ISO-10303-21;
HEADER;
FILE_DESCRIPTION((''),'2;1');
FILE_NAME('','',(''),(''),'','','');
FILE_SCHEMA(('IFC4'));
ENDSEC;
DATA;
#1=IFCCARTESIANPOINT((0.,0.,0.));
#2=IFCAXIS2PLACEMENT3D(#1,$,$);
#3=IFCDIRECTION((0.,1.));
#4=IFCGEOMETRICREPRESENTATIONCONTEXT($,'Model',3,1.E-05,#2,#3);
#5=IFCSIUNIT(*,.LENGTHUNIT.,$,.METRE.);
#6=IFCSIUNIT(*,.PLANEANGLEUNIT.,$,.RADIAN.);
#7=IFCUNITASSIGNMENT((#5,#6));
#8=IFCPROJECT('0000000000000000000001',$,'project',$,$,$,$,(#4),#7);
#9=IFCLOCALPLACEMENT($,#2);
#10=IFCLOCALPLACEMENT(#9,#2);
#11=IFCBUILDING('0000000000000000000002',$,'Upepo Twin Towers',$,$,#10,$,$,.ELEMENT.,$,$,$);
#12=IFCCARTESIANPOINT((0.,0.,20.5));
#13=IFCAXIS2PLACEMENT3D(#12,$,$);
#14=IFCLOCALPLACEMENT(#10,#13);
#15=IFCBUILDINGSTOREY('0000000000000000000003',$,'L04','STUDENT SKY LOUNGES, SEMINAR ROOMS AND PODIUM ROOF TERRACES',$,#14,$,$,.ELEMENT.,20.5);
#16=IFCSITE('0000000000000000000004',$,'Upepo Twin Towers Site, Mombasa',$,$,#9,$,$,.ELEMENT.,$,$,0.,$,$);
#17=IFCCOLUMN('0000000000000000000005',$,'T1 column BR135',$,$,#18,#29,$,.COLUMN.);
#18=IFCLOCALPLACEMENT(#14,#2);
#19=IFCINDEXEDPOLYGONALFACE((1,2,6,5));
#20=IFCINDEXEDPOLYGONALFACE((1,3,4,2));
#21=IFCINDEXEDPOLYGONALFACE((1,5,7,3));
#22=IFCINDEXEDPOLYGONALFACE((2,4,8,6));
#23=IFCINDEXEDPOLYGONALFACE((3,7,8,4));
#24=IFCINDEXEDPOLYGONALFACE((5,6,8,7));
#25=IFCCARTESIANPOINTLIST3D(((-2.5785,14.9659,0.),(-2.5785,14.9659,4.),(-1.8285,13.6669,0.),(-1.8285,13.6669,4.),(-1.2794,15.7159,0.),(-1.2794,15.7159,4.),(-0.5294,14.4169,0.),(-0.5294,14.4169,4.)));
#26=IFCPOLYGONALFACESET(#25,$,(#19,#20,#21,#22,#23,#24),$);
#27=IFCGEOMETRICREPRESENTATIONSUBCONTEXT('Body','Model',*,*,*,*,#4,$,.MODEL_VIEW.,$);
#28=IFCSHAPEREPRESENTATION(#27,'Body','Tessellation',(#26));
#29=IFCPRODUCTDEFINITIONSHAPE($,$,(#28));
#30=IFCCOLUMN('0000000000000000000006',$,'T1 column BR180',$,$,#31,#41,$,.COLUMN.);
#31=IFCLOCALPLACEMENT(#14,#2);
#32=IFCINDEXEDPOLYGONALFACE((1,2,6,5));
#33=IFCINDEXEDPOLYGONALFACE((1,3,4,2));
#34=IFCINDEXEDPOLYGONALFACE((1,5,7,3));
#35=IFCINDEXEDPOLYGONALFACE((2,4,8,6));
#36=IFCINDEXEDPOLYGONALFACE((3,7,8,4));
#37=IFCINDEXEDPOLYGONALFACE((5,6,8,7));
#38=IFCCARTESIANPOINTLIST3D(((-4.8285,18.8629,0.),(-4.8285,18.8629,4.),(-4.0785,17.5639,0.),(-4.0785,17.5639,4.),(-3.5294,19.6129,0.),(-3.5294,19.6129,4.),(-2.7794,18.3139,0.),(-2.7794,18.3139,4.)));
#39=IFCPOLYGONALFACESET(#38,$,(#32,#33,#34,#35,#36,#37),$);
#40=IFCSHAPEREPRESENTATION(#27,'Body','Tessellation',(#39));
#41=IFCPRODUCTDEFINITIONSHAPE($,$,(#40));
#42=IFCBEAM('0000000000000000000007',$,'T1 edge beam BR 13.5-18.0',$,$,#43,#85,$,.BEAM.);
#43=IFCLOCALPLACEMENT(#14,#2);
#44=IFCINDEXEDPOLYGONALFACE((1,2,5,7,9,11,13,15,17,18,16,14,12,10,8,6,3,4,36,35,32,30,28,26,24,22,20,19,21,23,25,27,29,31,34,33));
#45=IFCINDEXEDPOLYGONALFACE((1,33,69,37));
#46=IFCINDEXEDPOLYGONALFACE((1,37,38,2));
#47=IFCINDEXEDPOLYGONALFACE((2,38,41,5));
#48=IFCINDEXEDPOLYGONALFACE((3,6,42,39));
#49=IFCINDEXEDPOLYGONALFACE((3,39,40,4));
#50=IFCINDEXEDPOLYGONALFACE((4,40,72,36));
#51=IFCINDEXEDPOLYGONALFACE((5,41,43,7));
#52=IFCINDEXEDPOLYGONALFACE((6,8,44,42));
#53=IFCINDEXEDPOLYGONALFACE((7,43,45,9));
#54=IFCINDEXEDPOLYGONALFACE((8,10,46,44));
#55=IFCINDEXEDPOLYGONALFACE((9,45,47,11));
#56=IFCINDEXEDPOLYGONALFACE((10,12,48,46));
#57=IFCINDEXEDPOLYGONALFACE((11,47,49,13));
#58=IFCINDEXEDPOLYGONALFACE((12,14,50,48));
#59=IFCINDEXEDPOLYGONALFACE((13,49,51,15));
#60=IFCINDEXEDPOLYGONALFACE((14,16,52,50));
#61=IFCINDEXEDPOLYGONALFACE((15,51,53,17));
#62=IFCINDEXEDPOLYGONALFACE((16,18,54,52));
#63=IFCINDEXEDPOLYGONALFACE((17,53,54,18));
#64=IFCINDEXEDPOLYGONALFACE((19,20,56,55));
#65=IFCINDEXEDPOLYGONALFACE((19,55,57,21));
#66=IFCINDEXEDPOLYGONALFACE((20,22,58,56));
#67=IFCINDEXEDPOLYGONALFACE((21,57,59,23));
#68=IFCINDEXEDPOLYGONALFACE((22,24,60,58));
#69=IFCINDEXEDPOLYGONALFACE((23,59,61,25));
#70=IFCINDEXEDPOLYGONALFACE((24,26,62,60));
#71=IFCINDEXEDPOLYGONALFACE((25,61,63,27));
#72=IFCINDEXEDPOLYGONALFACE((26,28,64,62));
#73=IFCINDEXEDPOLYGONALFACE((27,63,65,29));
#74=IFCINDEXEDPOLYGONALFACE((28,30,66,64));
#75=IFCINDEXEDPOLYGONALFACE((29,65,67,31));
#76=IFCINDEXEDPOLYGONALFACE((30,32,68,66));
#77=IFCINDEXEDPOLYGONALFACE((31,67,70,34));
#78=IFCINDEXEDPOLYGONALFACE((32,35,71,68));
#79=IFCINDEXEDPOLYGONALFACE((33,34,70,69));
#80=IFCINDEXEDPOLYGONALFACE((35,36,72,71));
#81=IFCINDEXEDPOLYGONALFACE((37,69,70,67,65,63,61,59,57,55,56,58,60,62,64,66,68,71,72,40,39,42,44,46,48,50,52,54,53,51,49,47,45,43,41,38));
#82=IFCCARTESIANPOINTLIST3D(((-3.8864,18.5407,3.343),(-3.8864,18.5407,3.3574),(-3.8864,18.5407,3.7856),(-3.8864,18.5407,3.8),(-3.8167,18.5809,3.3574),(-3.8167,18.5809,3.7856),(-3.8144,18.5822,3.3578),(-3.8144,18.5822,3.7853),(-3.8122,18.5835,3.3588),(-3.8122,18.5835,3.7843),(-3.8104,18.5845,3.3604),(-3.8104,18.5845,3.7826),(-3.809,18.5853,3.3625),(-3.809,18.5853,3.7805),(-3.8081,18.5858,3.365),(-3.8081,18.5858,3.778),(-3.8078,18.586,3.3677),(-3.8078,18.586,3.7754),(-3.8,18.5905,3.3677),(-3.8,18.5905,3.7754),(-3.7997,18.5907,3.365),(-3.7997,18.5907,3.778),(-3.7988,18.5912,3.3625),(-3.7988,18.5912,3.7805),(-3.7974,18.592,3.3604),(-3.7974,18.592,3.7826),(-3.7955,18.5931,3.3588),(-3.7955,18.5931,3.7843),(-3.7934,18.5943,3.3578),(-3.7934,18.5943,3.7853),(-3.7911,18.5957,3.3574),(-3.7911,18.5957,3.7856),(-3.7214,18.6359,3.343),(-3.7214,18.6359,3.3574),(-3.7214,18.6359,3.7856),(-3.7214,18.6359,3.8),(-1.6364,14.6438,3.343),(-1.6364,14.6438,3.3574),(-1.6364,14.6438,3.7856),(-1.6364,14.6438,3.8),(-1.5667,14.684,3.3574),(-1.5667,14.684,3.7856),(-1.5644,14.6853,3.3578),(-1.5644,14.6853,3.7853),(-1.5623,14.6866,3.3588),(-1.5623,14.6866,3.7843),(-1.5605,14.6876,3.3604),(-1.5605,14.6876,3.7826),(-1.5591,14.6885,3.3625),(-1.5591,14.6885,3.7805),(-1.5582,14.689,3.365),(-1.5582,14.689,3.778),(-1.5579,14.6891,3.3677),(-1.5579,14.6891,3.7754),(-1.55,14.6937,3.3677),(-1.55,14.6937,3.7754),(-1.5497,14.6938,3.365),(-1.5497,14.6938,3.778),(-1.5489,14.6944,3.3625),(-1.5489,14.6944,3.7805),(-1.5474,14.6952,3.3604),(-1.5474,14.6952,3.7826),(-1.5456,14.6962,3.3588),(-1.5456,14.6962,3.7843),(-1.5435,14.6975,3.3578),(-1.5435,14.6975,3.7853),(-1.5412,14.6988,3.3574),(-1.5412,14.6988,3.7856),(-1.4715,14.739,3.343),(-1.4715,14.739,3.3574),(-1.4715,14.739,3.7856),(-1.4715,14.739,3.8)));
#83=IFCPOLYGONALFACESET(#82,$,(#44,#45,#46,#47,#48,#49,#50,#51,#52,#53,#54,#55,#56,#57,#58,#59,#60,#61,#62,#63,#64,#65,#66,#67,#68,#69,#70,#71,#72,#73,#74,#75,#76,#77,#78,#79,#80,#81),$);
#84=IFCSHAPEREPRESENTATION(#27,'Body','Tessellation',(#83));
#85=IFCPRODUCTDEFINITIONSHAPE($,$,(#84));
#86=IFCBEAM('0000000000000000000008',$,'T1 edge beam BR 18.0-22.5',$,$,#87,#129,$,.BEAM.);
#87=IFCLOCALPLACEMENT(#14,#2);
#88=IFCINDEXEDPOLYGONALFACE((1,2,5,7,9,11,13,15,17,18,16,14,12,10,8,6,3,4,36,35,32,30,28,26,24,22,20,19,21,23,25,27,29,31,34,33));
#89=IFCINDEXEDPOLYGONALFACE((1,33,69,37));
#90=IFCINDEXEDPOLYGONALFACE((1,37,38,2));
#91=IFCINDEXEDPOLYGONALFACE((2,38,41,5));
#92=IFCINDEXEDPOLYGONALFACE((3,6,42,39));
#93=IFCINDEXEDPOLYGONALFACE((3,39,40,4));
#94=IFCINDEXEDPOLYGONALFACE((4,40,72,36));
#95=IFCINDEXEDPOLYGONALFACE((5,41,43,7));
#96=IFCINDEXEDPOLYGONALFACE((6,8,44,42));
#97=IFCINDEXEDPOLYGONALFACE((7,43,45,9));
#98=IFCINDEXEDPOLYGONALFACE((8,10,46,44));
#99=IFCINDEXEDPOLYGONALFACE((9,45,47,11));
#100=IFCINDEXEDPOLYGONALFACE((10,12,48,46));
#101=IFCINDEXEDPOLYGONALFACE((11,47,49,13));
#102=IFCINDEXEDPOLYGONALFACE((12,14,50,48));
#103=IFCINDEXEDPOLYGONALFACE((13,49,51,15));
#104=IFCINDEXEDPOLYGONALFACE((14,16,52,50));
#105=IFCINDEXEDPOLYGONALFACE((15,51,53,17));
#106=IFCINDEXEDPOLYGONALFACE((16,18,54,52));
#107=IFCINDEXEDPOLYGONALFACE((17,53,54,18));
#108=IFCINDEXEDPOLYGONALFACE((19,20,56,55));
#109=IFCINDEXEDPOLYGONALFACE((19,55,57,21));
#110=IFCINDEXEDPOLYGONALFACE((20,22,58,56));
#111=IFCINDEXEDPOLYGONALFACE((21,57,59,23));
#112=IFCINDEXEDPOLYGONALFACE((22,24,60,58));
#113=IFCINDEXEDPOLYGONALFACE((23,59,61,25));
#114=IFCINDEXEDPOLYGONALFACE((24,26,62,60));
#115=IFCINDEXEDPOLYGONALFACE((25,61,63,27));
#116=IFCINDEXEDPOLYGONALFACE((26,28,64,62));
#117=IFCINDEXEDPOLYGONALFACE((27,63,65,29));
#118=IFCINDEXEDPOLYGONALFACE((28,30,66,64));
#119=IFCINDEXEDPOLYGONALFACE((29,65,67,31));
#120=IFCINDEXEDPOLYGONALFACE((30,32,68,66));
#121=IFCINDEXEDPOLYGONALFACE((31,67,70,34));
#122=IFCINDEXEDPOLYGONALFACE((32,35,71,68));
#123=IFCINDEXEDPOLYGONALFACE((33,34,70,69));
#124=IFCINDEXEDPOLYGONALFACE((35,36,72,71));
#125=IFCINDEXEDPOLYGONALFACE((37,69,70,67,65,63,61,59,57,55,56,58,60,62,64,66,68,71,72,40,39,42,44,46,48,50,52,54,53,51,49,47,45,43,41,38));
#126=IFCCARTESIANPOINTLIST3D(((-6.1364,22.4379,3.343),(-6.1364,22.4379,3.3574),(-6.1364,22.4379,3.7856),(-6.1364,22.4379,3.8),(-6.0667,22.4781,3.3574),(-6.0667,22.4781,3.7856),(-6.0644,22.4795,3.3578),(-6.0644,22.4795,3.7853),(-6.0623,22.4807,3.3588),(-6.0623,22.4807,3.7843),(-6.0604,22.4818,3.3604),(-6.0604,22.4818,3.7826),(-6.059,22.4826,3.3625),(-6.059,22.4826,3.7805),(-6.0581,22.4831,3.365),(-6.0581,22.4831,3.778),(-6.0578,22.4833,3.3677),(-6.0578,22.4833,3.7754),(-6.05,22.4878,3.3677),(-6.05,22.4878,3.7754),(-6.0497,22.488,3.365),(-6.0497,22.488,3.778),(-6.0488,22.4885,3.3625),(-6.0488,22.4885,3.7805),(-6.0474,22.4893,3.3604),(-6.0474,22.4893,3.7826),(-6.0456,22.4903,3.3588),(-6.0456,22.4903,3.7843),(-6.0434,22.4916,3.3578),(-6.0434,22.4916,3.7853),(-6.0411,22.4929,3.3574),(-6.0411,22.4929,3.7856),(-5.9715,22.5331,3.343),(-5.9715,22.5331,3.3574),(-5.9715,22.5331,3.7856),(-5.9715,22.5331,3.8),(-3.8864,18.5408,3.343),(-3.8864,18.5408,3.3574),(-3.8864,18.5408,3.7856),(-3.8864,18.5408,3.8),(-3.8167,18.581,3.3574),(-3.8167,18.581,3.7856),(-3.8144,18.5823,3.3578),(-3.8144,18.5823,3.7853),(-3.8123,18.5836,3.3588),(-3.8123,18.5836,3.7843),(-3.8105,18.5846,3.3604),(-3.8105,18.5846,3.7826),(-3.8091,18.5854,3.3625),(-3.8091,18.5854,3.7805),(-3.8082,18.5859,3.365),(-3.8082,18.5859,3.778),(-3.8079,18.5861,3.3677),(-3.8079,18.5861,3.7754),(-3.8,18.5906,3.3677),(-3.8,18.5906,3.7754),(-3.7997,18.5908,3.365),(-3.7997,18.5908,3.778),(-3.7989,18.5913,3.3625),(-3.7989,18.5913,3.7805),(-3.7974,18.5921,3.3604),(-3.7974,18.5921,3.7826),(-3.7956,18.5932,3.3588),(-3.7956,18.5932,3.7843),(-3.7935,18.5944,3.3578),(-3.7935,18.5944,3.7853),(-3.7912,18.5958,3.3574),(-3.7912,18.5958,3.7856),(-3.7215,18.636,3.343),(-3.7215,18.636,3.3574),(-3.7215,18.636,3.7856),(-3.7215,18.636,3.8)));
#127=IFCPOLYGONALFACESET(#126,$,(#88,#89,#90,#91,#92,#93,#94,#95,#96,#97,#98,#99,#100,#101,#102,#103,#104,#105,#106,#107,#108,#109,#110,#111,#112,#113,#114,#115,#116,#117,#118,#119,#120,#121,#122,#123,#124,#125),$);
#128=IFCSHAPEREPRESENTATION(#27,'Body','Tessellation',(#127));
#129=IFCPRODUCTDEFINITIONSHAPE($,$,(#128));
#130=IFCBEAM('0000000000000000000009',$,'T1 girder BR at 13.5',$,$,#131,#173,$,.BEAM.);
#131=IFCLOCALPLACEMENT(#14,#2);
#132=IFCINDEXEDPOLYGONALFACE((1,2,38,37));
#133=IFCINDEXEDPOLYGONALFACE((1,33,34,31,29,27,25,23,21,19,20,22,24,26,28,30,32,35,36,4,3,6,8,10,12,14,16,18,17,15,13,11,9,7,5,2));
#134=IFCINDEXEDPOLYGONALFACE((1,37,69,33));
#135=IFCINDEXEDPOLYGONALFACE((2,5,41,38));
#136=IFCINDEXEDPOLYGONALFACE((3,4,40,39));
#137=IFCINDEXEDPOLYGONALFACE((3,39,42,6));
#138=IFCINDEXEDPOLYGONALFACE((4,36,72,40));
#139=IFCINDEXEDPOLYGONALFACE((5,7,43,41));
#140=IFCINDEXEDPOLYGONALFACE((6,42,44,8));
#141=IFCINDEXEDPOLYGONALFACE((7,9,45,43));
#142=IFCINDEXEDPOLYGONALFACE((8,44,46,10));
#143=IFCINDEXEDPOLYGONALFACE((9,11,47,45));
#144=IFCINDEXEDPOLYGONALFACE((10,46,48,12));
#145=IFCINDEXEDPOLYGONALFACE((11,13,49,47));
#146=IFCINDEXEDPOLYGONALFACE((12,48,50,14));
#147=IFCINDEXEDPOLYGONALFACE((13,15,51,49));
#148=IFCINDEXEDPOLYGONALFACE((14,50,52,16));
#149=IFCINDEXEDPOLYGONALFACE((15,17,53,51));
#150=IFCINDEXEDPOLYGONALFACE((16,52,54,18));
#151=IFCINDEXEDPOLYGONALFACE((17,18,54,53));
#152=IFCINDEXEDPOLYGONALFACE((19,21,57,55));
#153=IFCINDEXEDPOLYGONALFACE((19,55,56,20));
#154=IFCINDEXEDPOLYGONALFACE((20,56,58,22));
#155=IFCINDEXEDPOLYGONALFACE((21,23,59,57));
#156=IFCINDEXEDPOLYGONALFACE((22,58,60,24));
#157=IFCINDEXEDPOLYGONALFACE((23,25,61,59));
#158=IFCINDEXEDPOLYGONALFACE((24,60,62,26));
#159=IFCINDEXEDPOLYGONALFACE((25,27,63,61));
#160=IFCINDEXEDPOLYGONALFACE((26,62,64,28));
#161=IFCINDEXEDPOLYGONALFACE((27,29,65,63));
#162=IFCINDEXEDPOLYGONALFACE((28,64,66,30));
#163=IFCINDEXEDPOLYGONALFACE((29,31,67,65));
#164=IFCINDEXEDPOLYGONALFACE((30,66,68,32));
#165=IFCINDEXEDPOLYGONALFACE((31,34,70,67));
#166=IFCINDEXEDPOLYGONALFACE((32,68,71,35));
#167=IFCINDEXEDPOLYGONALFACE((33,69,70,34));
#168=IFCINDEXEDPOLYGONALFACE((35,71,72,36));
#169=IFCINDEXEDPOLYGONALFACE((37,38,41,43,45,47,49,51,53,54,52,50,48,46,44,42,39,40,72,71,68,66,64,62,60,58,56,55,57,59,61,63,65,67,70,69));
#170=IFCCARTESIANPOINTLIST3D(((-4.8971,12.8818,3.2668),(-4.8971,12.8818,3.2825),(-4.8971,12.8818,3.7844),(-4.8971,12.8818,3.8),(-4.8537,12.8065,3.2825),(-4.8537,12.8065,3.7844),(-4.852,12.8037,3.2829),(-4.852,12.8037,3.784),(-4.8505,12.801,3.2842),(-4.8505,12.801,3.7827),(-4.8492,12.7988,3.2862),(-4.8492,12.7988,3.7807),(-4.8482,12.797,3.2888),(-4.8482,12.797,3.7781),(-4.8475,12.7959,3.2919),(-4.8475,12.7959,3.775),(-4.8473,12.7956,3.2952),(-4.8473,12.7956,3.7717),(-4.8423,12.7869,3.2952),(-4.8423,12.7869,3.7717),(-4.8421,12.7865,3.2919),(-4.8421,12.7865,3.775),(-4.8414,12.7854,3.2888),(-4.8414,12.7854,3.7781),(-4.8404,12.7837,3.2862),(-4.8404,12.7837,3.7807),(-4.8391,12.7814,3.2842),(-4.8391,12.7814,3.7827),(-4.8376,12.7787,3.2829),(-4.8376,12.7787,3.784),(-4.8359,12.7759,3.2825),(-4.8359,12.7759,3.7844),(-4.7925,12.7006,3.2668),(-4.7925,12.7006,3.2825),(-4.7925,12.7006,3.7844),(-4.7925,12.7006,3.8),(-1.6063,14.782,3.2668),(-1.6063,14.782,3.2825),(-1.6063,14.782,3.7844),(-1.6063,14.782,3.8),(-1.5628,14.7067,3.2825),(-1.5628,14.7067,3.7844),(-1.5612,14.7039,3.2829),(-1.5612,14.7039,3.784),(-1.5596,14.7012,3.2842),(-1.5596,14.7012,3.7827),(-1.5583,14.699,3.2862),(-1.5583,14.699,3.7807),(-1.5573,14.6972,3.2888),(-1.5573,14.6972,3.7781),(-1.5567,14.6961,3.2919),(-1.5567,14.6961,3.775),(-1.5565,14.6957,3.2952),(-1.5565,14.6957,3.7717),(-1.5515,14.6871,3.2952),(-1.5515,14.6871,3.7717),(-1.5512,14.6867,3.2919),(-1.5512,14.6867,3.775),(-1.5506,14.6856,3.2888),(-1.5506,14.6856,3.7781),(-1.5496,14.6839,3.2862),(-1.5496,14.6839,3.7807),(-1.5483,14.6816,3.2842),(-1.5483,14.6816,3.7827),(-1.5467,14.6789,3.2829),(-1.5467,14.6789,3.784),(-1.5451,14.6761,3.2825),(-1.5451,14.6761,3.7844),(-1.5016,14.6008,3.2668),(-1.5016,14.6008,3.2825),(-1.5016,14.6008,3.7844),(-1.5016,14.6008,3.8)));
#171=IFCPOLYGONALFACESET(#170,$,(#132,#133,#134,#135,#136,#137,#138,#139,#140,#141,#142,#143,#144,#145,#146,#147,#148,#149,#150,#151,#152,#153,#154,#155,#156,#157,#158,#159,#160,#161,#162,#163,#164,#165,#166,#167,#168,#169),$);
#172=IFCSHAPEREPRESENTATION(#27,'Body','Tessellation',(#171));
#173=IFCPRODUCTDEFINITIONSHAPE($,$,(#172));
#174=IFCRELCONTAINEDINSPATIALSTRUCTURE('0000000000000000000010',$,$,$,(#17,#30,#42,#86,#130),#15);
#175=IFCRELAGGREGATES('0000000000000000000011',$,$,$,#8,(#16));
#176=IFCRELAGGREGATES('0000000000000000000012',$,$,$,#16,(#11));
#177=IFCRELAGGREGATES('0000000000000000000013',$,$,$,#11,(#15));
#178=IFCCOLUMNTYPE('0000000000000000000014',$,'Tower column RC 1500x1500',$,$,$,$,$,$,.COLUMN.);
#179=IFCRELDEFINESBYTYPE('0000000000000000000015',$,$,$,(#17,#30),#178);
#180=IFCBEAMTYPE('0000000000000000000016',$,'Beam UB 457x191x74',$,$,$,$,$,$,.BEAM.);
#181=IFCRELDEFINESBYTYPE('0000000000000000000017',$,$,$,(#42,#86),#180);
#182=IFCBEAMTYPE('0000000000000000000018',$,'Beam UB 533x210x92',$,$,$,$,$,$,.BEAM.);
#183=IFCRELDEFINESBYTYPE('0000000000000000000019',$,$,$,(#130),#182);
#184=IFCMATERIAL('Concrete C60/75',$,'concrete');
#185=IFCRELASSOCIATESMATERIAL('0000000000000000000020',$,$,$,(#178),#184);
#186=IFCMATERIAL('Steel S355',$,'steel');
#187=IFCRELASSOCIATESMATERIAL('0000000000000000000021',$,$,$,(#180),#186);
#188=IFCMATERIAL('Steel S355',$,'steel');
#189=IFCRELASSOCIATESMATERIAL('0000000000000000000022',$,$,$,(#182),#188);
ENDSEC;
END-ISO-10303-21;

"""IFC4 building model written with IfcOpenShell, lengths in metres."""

from ifc_helpers import new_model, si_unit, direction, frame, origin, origin_2d, place, context, subcontext, project, spatial, rectangle, i_section, extrude, material, material_profile, profile_set, type_object, element, save


model = new_model("IFC4")

# Units and contexts
model_context = context("Model", 3, precision=1e-05, world=origin(), true_north=direction((0.0, 1.0)))
body_context = subcontext(model_context, "Body", "Model", "MODEL_VIEW")
ifc_project = project(units=[si_unit("LENGTHUNIT", "METRE"), si_unit("PLANEANGLEUNIT", "RADIAN")], contexts=[model_context])

# Site, building, storey
site_placement = place(None, origin())
site = spatial("IfcSite", under=ifc_project, at=site_placement, Name="Upepo Twin Towers Site, Mombasa", CompositionType="ELEMENT", RefElevation=0.0)
building_placement = place(site_placement, origin())
building = spatial("IfcBuilding", under=site, at=building_placement, Name="Upepo Twin Towers", CompositionType="ELEMENT")
storey_placement = place(building_placement, frame((0.0, 0.0, 20.5)))
storey = spatial("IfcBuildingStorey", under=building, at=storey_placement, Name="L04", Description="STUDENT SKY LOUNGES, SEMINAR ROOMS AND PODIUM ROOF TERRACES", CompositionType="ELEMENT", Elevation=20.5)

# Columns
ifc_material_1 = material(Name="Concrete C60/75", Category="concrete")
ifc_material_profile_1 = material_profile(ifc_material_1, rectangle(XDim=1.5, YDim=1.5, at=origin_2d()), Name="RC 1500x1500")
ifc_profile_set_1 = profile_set([ifc_material_profile_1], Name="Concrete C60/75")
column_type = type_object("IfcColumnType", Name="Tower column RC 1500x1500", PredefinedType="COLUMN", material=ifc_profile_set_1)
for number, where, z_axis, x_axis, name in (
    (1, (-1.554, 14.6914, 0.0), (0.0, 0.0, 1.0), (0.866025, 0.5, 0.0), "T1 column BR135"),
    (2, (-3.804, 18.5884, 0.0), (0.0, 0.0, 1.0), (0.866025, 0.5, 0.0), "T1 column BR180"),
):
    element("IfcColumn", number, at=place(storey_placement, frame(where, z_axis=z_axis, x_axis=x_axis)), inside=storey, type_object=column_type, Name=name, PredefinedType="COLUMN", context=body_context, shape_type="SweptSolid", body=[
        extrude(rectangle(XDim=1.5, YDim=1.5, at=origin_2d()), origin(), (0.0, 0.0, 1.0), 4.0),
    ])

# Beams
ifc_material_2 = material(Name="Steel S355", Category="steel")
ifc_material_profile_2 = material_profile(ifc_material_2, i_section(OverallWidth=0.1904, OverallDepth=0.457, WebThickness=0.009, FlangeThickness=0.0144, FilletRadius=0.0103, at=origin_2d()), Name="UB 457x191x74")
ifc_profile_set_2 = profile_set([ifc_material_profile_2], Name="Steel S355")
beam_type_1 = type_object("IfcBeamType", Name="Beam UB 457x191x74", PredefinedType="BEAM", material=ifc_profile_set_2)
beam_1_placement = place(storey_placement, frame((-1.554, 14.6914, 3.5715), z_axis=(-0.500014, 0.866018, 0.0), x_axis=(-0.866018, -0.500014, 0.0)))
element("IfcBeam", 3, at=beam_1_placement, inside=storey, type_object=beam_type_1, Name="T1 edge beam BR 13.5-18.0", PredefinedType="BEAM", context=body_context, shape_type="SweptSolid", body=[
    extrude(i_section(OverallWidth=0.1904, OverallDepth=0.457, WebThickness=0.009, FlangeThickness=0.0144, FilletRadius=0.0103, at=origin_2d()), origin(), (0.0, 0.0, 1.0), 4.4998),
])
beam_2_placement = place(storey_placement, frame((-3.804, 18.5884, 3.5715), z_axis=(-0.49999, 0.866031, 0.0), x_axis=(-0.866031, -0.49999, 0.0)))
element("IfcBeam", 4, at=beam_2_placement, inside=storey, type_object=beam_type_1, Name="T1 edge beam BR 18.0-22.5", PredefinedType="BEAM", context=body_context, shape_type="SweptSolid", body=[
    extrude(i_section(OverallWidth=0.1904, OverallDepth=0.457, WebThickness=0.009, FlangeThickness=0.0144, FilletRadius=0.0103, at=origin_2d()), origin(), (0.0, 0.0, 1.0), 4.5),
])
ifc_material_3 = material(Name="Steel S355", Category="steel")
ifc_material_profile_3 = material_profile(ifc_material_3, i_section(OverallWidth=0.2092, OverallDepth=0.5332, WebThickness=0.01, FlangeThickness=0.0156, FilletRadius=0.0127, at=origin_2d()), Name="UB 533x210x92")
ifc_profile_set_3 = profile_set([ifc_material_profile_3], Name="Steel S355")
beam_type_2 = type_object("IfcBeamType", Name="Beam UB 533x210x92", PredefinedType="BEAM", material=ifc_profile_set_3)
beam_3_placement = place(storey_placement, frame((-1.554, 14.6914, 3.5334), z_axis=(-0.866, -0.500043, 0.0), x_axis=(0.500043, -0.866, 0.0)))
element("IfcBeam", 5, at=beam_3_placement, inside=storey, type_object=beam_type_2, Name="T1 girder BR at 13.5", PredefinedType="BEAM", context=body_context, shape_type="SweptSolid", body=[
    extrude(i_section(OverallWidth=0.2092, OverallDepth=0.5332, WebThickness=0.01, FlangeThickness=0.0156, FilletRadius=0.0127, at=origin_2d()), origin(), (0.0, 0.0, 1.0), 3.8),
])

save(model, "model.ifc")
